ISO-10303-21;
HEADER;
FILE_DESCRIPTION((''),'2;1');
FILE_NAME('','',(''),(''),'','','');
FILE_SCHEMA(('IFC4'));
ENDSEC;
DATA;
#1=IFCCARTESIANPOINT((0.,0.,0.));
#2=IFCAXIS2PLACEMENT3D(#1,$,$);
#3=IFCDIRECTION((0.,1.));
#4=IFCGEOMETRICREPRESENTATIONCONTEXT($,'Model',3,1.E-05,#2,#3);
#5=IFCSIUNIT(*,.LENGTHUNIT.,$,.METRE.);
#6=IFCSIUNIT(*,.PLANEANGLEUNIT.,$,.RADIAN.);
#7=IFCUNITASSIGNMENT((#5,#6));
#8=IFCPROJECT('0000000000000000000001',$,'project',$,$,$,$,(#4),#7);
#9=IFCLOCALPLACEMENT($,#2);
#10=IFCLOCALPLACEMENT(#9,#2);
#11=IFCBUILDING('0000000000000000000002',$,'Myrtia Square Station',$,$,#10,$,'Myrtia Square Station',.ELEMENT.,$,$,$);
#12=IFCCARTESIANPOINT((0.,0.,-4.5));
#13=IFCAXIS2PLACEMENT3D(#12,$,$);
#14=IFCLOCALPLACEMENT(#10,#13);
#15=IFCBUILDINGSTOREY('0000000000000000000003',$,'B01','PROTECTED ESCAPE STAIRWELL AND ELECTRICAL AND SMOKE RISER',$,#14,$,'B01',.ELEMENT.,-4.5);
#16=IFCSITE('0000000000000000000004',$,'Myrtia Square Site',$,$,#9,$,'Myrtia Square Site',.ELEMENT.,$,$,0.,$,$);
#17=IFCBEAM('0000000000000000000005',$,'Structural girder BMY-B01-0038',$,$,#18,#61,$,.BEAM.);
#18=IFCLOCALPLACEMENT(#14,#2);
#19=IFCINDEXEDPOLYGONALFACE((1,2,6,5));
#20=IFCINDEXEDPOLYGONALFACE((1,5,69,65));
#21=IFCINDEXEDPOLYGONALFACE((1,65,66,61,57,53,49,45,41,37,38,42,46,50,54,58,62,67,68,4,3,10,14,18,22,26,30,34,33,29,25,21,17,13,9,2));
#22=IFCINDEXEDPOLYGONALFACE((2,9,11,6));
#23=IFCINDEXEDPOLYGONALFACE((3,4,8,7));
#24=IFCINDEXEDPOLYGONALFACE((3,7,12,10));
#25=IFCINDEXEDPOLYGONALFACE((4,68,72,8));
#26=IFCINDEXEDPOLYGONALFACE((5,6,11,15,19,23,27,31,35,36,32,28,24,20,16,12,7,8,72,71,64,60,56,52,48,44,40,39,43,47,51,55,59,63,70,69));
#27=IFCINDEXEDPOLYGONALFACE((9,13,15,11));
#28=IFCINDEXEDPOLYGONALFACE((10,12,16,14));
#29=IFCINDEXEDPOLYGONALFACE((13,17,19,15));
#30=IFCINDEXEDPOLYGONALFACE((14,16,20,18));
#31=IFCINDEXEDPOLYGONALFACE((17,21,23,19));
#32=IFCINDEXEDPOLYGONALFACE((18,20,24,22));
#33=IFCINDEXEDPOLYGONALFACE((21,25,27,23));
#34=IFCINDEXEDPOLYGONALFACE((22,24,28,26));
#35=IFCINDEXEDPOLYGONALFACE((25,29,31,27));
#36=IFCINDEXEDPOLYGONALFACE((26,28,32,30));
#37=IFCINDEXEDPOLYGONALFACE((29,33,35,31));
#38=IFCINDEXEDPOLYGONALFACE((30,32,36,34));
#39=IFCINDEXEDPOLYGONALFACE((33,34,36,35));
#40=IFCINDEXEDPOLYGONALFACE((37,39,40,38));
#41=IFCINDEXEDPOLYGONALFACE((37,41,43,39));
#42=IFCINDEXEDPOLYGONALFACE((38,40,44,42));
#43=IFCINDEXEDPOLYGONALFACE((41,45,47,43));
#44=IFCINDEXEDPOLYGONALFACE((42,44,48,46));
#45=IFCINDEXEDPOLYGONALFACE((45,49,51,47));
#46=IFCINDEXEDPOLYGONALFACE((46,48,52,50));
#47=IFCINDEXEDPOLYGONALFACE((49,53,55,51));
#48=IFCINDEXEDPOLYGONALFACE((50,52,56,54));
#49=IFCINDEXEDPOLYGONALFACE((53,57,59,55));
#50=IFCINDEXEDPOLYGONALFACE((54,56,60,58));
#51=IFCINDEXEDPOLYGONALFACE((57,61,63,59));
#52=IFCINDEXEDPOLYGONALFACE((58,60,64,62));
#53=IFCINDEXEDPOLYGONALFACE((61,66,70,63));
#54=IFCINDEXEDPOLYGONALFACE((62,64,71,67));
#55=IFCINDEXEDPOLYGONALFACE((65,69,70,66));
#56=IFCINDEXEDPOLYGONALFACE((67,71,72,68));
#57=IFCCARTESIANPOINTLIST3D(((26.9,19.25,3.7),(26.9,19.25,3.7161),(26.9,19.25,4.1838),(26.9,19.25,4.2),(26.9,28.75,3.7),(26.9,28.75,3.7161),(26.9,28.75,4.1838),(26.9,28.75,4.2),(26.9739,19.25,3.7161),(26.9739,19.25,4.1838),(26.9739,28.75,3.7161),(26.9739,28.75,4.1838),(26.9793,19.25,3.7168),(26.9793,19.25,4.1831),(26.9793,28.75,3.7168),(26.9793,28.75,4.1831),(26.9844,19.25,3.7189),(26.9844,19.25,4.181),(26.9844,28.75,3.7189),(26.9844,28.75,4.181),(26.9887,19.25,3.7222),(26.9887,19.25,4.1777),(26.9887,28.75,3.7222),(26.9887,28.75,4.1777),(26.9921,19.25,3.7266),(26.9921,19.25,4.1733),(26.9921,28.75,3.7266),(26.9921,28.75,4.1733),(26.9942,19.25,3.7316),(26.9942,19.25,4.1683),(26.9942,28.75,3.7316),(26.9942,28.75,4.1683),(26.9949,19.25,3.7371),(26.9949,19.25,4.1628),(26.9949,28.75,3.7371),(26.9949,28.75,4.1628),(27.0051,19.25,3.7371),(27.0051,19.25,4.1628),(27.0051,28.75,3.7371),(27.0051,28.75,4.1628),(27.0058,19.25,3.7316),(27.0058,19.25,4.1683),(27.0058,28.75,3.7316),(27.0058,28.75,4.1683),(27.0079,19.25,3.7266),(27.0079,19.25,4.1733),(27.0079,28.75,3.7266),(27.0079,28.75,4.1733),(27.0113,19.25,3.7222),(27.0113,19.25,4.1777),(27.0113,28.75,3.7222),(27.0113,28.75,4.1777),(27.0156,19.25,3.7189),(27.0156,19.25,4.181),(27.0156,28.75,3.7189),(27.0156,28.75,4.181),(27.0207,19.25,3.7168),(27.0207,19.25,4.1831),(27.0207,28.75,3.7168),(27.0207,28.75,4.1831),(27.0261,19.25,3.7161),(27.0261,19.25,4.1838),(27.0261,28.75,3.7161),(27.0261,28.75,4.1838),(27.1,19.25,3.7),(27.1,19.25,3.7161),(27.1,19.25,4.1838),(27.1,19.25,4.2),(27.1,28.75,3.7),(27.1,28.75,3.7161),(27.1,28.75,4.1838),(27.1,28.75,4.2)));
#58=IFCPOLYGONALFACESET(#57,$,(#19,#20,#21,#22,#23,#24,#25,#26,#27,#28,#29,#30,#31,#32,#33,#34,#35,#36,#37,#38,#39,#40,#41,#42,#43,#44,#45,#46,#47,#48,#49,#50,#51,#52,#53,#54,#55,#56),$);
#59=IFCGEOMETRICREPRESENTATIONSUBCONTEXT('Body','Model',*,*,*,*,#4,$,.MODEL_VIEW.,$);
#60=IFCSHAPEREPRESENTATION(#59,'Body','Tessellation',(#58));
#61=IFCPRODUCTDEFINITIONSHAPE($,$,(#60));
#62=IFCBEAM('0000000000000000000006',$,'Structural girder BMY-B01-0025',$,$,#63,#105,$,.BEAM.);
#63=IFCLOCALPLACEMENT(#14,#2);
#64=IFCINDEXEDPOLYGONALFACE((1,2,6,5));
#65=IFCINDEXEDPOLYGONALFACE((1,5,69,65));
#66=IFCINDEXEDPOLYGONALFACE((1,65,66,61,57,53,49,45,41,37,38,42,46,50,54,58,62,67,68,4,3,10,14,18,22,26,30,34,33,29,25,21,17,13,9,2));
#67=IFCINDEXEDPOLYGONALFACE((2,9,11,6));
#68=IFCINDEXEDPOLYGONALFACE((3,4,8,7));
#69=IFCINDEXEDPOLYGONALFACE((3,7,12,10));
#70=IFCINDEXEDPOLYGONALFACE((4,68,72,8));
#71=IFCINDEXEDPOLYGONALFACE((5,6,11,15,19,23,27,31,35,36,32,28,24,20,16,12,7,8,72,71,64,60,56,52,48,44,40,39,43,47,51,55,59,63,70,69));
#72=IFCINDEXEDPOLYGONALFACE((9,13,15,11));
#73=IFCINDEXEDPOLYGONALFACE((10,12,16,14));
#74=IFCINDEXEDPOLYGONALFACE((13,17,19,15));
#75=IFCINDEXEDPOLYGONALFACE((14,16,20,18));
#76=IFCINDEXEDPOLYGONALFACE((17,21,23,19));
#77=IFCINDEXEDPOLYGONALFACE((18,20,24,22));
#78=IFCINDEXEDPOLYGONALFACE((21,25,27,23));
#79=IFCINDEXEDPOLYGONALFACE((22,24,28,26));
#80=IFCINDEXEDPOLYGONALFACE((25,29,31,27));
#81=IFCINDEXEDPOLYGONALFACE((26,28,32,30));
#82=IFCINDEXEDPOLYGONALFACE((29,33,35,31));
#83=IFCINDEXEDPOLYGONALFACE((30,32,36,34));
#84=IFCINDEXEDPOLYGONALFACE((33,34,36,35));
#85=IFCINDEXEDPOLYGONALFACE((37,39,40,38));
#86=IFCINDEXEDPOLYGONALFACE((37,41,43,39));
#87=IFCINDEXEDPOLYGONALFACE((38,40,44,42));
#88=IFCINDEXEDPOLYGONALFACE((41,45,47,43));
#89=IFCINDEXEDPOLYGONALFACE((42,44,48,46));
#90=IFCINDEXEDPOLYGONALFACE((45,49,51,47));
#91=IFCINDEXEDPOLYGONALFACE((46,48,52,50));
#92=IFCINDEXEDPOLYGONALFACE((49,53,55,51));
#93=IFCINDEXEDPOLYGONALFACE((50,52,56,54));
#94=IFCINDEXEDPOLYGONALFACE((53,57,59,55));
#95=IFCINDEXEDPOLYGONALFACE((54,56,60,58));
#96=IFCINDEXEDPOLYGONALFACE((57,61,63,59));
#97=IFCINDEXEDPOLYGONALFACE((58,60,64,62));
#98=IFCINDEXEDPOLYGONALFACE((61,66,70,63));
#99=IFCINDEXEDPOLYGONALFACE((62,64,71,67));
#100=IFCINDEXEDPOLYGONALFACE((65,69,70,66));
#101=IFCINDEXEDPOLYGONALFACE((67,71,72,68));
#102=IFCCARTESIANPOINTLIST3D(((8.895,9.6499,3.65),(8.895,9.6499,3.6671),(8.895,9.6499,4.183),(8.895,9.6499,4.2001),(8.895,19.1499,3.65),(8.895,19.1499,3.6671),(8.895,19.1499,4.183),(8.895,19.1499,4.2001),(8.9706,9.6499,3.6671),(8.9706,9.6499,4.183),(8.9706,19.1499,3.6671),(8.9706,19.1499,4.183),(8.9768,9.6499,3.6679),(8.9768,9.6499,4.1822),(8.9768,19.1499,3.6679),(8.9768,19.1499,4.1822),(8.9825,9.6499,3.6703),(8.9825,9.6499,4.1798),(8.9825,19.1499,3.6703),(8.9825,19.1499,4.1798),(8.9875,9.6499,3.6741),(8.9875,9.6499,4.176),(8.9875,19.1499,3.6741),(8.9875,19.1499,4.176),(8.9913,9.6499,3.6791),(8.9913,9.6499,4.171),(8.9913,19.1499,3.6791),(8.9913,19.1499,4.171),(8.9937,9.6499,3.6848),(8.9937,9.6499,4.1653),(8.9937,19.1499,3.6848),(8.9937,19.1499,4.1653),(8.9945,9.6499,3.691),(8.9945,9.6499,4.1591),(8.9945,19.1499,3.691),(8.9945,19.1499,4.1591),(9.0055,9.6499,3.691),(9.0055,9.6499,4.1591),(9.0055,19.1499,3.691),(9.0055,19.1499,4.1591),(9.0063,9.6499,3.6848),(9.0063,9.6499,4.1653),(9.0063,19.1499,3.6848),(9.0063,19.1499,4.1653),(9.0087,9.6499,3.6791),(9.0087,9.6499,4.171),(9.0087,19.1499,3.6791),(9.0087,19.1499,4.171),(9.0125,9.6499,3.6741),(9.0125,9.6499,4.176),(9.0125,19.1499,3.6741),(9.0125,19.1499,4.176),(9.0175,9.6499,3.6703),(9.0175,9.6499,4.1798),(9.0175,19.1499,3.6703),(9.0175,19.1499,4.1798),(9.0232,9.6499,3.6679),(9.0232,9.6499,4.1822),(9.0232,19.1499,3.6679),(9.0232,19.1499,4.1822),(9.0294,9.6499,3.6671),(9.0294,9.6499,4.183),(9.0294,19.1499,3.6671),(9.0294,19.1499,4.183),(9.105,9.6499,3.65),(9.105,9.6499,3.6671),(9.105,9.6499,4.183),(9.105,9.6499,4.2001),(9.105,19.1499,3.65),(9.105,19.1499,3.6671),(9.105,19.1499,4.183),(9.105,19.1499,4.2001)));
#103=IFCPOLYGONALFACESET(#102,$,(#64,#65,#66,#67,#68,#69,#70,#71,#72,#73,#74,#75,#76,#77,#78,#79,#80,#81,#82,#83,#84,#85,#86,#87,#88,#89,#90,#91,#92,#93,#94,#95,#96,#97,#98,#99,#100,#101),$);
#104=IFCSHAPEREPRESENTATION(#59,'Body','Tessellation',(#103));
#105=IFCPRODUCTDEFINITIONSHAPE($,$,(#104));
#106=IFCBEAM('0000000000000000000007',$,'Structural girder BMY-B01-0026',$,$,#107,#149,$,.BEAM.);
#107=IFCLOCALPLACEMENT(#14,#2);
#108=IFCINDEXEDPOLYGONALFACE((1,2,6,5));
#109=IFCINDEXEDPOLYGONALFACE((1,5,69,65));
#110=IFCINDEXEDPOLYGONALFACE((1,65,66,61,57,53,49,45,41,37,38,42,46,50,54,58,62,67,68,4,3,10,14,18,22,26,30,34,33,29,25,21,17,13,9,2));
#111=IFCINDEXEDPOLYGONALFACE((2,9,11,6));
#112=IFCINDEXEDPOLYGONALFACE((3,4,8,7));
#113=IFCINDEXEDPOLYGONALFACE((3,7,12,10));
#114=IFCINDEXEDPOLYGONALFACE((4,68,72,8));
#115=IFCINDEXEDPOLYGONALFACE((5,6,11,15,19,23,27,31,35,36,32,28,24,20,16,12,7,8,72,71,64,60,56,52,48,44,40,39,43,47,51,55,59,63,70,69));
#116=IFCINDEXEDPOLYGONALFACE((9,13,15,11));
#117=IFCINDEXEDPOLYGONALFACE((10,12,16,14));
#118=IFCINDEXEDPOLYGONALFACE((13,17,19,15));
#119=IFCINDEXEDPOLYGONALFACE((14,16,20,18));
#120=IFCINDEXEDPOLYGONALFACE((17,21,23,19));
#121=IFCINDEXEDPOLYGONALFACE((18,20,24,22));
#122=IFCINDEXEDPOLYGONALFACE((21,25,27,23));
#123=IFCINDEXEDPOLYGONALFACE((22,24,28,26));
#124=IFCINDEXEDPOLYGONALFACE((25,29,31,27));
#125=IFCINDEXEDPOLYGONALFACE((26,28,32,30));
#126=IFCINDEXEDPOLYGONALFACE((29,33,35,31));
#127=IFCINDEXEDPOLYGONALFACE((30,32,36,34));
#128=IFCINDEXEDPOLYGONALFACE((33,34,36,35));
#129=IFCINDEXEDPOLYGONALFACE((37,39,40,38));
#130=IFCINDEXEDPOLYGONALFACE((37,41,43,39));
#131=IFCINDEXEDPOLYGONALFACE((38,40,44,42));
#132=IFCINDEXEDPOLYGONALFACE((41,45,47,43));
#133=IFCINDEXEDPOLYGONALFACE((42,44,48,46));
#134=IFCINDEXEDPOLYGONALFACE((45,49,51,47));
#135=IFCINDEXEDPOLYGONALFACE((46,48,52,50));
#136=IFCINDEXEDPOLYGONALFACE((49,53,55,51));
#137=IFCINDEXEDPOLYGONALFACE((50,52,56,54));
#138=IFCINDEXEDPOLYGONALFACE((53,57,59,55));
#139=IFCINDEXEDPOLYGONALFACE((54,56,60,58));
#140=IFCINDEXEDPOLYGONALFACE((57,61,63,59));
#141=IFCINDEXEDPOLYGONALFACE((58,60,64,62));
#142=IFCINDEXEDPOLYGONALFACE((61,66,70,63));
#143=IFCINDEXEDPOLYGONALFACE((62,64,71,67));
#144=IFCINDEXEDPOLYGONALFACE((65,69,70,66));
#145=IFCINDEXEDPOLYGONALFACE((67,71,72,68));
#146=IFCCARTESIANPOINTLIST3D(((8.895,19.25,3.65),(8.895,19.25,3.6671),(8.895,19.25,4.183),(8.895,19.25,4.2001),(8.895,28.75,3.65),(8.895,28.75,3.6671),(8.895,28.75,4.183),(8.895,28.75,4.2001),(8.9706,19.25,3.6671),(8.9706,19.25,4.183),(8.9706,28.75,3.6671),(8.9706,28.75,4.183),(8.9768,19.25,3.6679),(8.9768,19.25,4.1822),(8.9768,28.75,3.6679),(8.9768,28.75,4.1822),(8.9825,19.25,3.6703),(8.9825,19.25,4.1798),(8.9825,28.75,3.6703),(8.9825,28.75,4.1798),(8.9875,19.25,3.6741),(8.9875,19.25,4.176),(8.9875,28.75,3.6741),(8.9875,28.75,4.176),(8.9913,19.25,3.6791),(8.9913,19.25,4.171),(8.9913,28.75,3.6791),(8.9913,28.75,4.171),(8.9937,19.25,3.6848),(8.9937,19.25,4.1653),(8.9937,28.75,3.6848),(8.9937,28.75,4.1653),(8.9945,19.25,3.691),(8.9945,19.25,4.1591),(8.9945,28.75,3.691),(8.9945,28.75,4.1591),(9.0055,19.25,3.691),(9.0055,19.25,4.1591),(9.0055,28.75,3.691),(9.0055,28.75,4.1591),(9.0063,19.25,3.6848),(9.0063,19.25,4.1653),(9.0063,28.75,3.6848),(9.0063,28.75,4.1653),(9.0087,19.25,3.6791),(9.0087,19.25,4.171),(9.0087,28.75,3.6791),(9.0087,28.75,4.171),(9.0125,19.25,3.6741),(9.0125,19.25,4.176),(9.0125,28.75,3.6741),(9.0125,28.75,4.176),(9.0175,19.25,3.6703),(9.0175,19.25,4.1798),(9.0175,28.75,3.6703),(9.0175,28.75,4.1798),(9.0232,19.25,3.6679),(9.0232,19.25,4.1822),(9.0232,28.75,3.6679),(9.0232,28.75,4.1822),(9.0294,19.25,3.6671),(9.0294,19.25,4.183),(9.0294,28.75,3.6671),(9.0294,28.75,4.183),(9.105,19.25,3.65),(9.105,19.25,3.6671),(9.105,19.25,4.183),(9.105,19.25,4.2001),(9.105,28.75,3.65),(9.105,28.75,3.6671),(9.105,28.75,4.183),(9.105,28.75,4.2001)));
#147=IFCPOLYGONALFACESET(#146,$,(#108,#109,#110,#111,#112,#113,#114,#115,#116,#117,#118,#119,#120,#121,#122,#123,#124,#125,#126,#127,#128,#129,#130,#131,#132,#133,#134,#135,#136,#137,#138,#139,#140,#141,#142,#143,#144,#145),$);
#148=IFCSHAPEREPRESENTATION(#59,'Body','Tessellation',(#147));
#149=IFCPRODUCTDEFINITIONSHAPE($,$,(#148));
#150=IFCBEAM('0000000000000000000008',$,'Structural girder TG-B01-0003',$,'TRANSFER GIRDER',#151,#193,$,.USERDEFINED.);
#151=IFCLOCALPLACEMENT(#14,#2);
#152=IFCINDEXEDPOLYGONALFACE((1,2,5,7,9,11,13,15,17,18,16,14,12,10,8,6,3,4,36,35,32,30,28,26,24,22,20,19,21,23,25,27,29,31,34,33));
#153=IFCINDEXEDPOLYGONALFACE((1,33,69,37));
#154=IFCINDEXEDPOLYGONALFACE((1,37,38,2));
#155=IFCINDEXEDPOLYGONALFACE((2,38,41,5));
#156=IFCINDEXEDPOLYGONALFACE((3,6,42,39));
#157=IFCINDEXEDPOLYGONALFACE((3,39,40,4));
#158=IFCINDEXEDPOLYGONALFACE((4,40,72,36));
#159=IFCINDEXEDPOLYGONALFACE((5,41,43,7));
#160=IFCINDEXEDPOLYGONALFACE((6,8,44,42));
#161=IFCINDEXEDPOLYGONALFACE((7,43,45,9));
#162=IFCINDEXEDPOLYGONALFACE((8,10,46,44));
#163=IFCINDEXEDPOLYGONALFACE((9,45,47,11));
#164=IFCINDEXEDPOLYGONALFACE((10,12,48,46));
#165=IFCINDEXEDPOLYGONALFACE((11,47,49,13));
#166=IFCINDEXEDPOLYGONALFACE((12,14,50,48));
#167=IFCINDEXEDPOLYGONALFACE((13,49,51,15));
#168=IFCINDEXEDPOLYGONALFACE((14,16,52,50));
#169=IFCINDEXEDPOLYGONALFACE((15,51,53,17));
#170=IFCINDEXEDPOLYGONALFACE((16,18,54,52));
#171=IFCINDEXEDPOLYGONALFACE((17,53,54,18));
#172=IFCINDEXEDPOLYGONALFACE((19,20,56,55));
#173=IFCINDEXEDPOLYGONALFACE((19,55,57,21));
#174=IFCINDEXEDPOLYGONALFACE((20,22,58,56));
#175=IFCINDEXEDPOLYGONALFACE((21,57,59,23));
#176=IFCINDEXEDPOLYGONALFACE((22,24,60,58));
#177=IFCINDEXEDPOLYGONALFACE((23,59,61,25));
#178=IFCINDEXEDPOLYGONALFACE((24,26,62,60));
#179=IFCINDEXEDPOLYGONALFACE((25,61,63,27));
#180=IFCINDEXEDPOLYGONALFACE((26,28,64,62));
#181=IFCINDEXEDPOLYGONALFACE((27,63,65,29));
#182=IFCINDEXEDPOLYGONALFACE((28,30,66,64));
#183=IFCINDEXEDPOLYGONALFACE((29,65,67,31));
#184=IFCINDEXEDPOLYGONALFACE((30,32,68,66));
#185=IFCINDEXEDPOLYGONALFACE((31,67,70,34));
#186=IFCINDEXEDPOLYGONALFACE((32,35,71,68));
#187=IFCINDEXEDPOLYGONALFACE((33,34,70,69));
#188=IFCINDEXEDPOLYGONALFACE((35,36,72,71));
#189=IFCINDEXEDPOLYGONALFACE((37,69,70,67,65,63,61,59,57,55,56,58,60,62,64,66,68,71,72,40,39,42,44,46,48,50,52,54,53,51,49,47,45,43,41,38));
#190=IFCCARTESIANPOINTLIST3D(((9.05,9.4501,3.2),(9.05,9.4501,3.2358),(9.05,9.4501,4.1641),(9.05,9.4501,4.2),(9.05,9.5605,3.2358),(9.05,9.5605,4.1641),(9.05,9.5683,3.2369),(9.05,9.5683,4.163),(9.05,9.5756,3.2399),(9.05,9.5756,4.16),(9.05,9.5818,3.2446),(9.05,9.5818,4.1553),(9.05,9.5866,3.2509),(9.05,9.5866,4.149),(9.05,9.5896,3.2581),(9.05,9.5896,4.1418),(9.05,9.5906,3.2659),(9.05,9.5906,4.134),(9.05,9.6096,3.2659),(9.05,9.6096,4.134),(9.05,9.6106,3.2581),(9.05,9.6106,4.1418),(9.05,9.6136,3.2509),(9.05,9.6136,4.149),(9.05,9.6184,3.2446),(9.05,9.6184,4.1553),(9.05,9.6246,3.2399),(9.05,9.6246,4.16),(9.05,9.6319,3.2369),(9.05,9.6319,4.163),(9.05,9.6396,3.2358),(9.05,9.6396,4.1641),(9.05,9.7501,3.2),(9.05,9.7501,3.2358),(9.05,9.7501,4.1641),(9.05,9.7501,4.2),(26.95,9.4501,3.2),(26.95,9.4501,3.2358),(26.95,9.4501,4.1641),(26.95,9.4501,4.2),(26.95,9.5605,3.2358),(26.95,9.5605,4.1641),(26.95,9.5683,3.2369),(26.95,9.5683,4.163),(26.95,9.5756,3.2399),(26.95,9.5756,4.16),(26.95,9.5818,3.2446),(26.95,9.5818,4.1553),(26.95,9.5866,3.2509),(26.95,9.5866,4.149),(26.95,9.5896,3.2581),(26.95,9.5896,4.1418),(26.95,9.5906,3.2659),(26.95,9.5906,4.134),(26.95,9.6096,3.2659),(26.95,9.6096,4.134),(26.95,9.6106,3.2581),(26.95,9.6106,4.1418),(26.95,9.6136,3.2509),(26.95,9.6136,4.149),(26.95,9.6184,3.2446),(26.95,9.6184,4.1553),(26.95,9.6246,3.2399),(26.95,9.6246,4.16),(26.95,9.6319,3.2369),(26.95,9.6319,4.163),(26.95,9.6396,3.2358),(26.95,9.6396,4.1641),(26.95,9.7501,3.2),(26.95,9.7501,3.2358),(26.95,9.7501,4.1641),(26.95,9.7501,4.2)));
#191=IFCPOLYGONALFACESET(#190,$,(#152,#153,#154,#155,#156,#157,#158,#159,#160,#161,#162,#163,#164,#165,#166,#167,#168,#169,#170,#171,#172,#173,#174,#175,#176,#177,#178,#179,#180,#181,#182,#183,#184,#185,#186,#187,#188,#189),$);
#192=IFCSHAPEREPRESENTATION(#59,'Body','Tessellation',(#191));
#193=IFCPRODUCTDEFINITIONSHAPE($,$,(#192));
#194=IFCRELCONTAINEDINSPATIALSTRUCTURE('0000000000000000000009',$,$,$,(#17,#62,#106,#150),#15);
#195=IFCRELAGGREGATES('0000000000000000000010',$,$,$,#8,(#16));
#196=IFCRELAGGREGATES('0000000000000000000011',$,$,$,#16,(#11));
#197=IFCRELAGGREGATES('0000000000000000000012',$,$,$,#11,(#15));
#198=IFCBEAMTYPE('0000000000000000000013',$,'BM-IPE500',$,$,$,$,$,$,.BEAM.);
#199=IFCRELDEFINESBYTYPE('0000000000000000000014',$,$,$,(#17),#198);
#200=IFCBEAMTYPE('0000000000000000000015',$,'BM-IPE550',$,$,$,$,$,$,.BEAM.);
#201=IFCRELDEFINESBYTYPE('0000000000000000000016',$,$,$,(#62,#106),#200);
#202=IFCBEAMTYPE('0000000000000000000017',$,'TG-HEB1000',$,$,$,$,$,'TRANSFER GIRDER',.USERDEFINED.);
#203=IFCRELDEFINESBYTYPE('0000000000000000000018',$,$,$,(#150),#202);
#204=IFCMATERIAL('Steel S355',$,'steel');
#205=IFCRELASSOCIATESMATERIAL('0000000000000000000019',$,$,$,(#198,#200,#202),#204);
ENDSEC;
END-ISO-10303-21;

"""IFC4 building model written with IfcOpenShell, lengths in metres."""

from ifc_helpers import new_model, si_unit, direction, frame, origin, origin_2d, place, context, subcontext, project, spatial, i_section, extrude, material, material_profile, profile_set, type_object, element, save


model = new_model("IFC4")

# Units and contexts
model_context = context("Model", 3, precision=1e-05, world=origin(), true_north=direction((0.0, 1.0)))
body_context = subcontext(model_context, "Body", "Model", "MODEL_VIEW")
ifc_project = project(units=[si_unit("LENGTHUNIT", "METRE"), si_unit("PLANEANGLEUNIT", "RADIAN")], contexts=[model_context])

# Site, building, storey
site_placement = place(None, origin())
site = spatial("IfcSite", under=ifc_project, at=site_placement, Name="Myrtia Square Site", LongName="Myrtia Square Site", CompositionType="ELEMENT", RefElevation=0.0)
building_placement = place(site_placement, origin())
building = spatial("IfcBuilding", under=site, at=building_placement, Name="Myrtia Square Station", LongName="Myrtia Square Station", CompositionType="ELEMENT")
storey_placement = place(building_placement, frame((0.0, 0.0, -4.5)))
storey = spatial("IfcBuildingStorey", under=building, at=storey_placement, Name="B01", Description="PROTECTED ESCAPE STAIRWELL AND ELECTRICAL AND SMOKE RISER", LongName="B01", CompositionType="ELEMENT", Elevation=-4.5)

# Beams
ifc_material_1 = material(Name="Steel S355", Category="steel")
ifc_material_profile_1 = material_profile(ifc_material_1, i_section(OverallWidth=0.2, OverallDepth=0.5, WebThickness=0.0103, FlangeThickness=0.0161, FilletRadius=0.021, at=origin_2d()), Name="IPE 500")
ifc_profile_set_1 = profile_set([ifc_material_profile_1], Name="Steel S355")
beam_type_1 = type_object("IfcBeamType", Name="BM-IPE500", PredefinedType="BEAM", material=ifc_profile_set_1)
for number, where, z_axis, x_axis, name in (
    (1, (27.0, 19.25, 3.95), (0.0, 1.0, 0.0), (-1.0, 0.0, 0.0), "Structural girder BMY-B01-0038"),
):
    element("IfcBeam", number, at=place(storey_placement, frame(where, z_axis=z_axis, x_axis=x_axis)), inside=storey, type_object=beam_type_1, Name=name, PredefinedType="BEAM", context=body_context, shape_type="SweptSolid", body=[
        extrude(i_section(OverallWidth=0.2, OverallDepth=0.5, WebThickness=0.0103, FlangeThickness=0.0161, FilletRadius=0.021, at=origin_2d()), origin(), (0.0, 0.0, 1.0), 9.5),
    ])
ifc_material_profile_2 = material_profile(ifc_material_1, i_section(OverallWidth=0.21, OverallDepth=0.55, WebThickness=0.011, FlangeThickness=0.0171, FilletRadius=0.0239, at=origin_2d()), Name="IPE 550")
ifc_profile_set_2 = profile_set([ifc_material_profile_2], Name="Steel S355")
beam_type_2 = type_object("IfcBeamType", Name="BM-IPE550", PredefinedType="BEAM", material=ifc_profile_set_2)
for number, where, z_axis, x_axis, name in (
    (2, (9.0, 9.6499, 3.925), (0.0, 1.0, 0.0), (-1.0, 0.0, 0.0), "Structural girder BMY-B01-0025"),
    (3, (9.0, 19.25, 3.925), (0.0, 1.0, 0.0), (-1.0, 0.0, 0.0), "Structural girder BMY-B01-0026"),
):
    element("IfcBeam", number, at=place(storey_placement, frame(where, z_axis=z_axis, x_axis=x_axis)), inside=storey, type_object=beam_type_2, Name=name, PredefinedType="BEAM", context=body_context, shape_type="SweptSolid", body=[
        extrude(i_section(OverallWidth=0.21, OverallDepth=0.55, WebThickness=0.011, FlangeThickness=0.0171, FilletRadius=0.0239, at=origin_2d()), origin(), (0.0, 0.0, 1.0), 9.5),
    ])
ifc_material_profile_3 = material_profile(ifc_material_1, i_section(OverallWidth=0.3, OverallDepth=1.0, WebThickness=0.019, FlangeThickness=0.0359, FilletRadius=0.03, at=origin_2d()), Name="HEB 1000")
ifc_profile_set_3 = profile_set([ifc_material_profile_3], Name="Steel S355")
beam_type_3 = type_object("IfcBeamType", Name="TG-HEB1000", ElementType="TRANSFER GIRDER", PredefinedType="USERDEFINED", material=ifc_profile_set_3)
for number, where, z_axis, x_axis, name in (
    (4, (9.05, 9.6001, 3.7), (1.0, 0.0, 0.0), (0.0, 1.0, 0.0), "Structural girder TG-B01-0003"),
):
    element("IfcBeam", number, at=place(storey_placement, frame(where, z_axis=z_axis, x_axis=x_axis)), inside=storey, type_object=beam_type_3, Name=name, ObjectType="TRANSFER GIRDER", PredefinedType="USERDEFINED", context=body_context, shape_type="SweptSolid", body=[
        extrude(i_section(OverallWidth=0.3, OverallDepth=1.0, WebThickness=0.019, FlangeThickness=0.0359, FilletRadius=0.03, at=origin_2d()), origin(), (0.0, 0.0, 1.0), 17.8999),
    ])

save(model, "model.ifc")
